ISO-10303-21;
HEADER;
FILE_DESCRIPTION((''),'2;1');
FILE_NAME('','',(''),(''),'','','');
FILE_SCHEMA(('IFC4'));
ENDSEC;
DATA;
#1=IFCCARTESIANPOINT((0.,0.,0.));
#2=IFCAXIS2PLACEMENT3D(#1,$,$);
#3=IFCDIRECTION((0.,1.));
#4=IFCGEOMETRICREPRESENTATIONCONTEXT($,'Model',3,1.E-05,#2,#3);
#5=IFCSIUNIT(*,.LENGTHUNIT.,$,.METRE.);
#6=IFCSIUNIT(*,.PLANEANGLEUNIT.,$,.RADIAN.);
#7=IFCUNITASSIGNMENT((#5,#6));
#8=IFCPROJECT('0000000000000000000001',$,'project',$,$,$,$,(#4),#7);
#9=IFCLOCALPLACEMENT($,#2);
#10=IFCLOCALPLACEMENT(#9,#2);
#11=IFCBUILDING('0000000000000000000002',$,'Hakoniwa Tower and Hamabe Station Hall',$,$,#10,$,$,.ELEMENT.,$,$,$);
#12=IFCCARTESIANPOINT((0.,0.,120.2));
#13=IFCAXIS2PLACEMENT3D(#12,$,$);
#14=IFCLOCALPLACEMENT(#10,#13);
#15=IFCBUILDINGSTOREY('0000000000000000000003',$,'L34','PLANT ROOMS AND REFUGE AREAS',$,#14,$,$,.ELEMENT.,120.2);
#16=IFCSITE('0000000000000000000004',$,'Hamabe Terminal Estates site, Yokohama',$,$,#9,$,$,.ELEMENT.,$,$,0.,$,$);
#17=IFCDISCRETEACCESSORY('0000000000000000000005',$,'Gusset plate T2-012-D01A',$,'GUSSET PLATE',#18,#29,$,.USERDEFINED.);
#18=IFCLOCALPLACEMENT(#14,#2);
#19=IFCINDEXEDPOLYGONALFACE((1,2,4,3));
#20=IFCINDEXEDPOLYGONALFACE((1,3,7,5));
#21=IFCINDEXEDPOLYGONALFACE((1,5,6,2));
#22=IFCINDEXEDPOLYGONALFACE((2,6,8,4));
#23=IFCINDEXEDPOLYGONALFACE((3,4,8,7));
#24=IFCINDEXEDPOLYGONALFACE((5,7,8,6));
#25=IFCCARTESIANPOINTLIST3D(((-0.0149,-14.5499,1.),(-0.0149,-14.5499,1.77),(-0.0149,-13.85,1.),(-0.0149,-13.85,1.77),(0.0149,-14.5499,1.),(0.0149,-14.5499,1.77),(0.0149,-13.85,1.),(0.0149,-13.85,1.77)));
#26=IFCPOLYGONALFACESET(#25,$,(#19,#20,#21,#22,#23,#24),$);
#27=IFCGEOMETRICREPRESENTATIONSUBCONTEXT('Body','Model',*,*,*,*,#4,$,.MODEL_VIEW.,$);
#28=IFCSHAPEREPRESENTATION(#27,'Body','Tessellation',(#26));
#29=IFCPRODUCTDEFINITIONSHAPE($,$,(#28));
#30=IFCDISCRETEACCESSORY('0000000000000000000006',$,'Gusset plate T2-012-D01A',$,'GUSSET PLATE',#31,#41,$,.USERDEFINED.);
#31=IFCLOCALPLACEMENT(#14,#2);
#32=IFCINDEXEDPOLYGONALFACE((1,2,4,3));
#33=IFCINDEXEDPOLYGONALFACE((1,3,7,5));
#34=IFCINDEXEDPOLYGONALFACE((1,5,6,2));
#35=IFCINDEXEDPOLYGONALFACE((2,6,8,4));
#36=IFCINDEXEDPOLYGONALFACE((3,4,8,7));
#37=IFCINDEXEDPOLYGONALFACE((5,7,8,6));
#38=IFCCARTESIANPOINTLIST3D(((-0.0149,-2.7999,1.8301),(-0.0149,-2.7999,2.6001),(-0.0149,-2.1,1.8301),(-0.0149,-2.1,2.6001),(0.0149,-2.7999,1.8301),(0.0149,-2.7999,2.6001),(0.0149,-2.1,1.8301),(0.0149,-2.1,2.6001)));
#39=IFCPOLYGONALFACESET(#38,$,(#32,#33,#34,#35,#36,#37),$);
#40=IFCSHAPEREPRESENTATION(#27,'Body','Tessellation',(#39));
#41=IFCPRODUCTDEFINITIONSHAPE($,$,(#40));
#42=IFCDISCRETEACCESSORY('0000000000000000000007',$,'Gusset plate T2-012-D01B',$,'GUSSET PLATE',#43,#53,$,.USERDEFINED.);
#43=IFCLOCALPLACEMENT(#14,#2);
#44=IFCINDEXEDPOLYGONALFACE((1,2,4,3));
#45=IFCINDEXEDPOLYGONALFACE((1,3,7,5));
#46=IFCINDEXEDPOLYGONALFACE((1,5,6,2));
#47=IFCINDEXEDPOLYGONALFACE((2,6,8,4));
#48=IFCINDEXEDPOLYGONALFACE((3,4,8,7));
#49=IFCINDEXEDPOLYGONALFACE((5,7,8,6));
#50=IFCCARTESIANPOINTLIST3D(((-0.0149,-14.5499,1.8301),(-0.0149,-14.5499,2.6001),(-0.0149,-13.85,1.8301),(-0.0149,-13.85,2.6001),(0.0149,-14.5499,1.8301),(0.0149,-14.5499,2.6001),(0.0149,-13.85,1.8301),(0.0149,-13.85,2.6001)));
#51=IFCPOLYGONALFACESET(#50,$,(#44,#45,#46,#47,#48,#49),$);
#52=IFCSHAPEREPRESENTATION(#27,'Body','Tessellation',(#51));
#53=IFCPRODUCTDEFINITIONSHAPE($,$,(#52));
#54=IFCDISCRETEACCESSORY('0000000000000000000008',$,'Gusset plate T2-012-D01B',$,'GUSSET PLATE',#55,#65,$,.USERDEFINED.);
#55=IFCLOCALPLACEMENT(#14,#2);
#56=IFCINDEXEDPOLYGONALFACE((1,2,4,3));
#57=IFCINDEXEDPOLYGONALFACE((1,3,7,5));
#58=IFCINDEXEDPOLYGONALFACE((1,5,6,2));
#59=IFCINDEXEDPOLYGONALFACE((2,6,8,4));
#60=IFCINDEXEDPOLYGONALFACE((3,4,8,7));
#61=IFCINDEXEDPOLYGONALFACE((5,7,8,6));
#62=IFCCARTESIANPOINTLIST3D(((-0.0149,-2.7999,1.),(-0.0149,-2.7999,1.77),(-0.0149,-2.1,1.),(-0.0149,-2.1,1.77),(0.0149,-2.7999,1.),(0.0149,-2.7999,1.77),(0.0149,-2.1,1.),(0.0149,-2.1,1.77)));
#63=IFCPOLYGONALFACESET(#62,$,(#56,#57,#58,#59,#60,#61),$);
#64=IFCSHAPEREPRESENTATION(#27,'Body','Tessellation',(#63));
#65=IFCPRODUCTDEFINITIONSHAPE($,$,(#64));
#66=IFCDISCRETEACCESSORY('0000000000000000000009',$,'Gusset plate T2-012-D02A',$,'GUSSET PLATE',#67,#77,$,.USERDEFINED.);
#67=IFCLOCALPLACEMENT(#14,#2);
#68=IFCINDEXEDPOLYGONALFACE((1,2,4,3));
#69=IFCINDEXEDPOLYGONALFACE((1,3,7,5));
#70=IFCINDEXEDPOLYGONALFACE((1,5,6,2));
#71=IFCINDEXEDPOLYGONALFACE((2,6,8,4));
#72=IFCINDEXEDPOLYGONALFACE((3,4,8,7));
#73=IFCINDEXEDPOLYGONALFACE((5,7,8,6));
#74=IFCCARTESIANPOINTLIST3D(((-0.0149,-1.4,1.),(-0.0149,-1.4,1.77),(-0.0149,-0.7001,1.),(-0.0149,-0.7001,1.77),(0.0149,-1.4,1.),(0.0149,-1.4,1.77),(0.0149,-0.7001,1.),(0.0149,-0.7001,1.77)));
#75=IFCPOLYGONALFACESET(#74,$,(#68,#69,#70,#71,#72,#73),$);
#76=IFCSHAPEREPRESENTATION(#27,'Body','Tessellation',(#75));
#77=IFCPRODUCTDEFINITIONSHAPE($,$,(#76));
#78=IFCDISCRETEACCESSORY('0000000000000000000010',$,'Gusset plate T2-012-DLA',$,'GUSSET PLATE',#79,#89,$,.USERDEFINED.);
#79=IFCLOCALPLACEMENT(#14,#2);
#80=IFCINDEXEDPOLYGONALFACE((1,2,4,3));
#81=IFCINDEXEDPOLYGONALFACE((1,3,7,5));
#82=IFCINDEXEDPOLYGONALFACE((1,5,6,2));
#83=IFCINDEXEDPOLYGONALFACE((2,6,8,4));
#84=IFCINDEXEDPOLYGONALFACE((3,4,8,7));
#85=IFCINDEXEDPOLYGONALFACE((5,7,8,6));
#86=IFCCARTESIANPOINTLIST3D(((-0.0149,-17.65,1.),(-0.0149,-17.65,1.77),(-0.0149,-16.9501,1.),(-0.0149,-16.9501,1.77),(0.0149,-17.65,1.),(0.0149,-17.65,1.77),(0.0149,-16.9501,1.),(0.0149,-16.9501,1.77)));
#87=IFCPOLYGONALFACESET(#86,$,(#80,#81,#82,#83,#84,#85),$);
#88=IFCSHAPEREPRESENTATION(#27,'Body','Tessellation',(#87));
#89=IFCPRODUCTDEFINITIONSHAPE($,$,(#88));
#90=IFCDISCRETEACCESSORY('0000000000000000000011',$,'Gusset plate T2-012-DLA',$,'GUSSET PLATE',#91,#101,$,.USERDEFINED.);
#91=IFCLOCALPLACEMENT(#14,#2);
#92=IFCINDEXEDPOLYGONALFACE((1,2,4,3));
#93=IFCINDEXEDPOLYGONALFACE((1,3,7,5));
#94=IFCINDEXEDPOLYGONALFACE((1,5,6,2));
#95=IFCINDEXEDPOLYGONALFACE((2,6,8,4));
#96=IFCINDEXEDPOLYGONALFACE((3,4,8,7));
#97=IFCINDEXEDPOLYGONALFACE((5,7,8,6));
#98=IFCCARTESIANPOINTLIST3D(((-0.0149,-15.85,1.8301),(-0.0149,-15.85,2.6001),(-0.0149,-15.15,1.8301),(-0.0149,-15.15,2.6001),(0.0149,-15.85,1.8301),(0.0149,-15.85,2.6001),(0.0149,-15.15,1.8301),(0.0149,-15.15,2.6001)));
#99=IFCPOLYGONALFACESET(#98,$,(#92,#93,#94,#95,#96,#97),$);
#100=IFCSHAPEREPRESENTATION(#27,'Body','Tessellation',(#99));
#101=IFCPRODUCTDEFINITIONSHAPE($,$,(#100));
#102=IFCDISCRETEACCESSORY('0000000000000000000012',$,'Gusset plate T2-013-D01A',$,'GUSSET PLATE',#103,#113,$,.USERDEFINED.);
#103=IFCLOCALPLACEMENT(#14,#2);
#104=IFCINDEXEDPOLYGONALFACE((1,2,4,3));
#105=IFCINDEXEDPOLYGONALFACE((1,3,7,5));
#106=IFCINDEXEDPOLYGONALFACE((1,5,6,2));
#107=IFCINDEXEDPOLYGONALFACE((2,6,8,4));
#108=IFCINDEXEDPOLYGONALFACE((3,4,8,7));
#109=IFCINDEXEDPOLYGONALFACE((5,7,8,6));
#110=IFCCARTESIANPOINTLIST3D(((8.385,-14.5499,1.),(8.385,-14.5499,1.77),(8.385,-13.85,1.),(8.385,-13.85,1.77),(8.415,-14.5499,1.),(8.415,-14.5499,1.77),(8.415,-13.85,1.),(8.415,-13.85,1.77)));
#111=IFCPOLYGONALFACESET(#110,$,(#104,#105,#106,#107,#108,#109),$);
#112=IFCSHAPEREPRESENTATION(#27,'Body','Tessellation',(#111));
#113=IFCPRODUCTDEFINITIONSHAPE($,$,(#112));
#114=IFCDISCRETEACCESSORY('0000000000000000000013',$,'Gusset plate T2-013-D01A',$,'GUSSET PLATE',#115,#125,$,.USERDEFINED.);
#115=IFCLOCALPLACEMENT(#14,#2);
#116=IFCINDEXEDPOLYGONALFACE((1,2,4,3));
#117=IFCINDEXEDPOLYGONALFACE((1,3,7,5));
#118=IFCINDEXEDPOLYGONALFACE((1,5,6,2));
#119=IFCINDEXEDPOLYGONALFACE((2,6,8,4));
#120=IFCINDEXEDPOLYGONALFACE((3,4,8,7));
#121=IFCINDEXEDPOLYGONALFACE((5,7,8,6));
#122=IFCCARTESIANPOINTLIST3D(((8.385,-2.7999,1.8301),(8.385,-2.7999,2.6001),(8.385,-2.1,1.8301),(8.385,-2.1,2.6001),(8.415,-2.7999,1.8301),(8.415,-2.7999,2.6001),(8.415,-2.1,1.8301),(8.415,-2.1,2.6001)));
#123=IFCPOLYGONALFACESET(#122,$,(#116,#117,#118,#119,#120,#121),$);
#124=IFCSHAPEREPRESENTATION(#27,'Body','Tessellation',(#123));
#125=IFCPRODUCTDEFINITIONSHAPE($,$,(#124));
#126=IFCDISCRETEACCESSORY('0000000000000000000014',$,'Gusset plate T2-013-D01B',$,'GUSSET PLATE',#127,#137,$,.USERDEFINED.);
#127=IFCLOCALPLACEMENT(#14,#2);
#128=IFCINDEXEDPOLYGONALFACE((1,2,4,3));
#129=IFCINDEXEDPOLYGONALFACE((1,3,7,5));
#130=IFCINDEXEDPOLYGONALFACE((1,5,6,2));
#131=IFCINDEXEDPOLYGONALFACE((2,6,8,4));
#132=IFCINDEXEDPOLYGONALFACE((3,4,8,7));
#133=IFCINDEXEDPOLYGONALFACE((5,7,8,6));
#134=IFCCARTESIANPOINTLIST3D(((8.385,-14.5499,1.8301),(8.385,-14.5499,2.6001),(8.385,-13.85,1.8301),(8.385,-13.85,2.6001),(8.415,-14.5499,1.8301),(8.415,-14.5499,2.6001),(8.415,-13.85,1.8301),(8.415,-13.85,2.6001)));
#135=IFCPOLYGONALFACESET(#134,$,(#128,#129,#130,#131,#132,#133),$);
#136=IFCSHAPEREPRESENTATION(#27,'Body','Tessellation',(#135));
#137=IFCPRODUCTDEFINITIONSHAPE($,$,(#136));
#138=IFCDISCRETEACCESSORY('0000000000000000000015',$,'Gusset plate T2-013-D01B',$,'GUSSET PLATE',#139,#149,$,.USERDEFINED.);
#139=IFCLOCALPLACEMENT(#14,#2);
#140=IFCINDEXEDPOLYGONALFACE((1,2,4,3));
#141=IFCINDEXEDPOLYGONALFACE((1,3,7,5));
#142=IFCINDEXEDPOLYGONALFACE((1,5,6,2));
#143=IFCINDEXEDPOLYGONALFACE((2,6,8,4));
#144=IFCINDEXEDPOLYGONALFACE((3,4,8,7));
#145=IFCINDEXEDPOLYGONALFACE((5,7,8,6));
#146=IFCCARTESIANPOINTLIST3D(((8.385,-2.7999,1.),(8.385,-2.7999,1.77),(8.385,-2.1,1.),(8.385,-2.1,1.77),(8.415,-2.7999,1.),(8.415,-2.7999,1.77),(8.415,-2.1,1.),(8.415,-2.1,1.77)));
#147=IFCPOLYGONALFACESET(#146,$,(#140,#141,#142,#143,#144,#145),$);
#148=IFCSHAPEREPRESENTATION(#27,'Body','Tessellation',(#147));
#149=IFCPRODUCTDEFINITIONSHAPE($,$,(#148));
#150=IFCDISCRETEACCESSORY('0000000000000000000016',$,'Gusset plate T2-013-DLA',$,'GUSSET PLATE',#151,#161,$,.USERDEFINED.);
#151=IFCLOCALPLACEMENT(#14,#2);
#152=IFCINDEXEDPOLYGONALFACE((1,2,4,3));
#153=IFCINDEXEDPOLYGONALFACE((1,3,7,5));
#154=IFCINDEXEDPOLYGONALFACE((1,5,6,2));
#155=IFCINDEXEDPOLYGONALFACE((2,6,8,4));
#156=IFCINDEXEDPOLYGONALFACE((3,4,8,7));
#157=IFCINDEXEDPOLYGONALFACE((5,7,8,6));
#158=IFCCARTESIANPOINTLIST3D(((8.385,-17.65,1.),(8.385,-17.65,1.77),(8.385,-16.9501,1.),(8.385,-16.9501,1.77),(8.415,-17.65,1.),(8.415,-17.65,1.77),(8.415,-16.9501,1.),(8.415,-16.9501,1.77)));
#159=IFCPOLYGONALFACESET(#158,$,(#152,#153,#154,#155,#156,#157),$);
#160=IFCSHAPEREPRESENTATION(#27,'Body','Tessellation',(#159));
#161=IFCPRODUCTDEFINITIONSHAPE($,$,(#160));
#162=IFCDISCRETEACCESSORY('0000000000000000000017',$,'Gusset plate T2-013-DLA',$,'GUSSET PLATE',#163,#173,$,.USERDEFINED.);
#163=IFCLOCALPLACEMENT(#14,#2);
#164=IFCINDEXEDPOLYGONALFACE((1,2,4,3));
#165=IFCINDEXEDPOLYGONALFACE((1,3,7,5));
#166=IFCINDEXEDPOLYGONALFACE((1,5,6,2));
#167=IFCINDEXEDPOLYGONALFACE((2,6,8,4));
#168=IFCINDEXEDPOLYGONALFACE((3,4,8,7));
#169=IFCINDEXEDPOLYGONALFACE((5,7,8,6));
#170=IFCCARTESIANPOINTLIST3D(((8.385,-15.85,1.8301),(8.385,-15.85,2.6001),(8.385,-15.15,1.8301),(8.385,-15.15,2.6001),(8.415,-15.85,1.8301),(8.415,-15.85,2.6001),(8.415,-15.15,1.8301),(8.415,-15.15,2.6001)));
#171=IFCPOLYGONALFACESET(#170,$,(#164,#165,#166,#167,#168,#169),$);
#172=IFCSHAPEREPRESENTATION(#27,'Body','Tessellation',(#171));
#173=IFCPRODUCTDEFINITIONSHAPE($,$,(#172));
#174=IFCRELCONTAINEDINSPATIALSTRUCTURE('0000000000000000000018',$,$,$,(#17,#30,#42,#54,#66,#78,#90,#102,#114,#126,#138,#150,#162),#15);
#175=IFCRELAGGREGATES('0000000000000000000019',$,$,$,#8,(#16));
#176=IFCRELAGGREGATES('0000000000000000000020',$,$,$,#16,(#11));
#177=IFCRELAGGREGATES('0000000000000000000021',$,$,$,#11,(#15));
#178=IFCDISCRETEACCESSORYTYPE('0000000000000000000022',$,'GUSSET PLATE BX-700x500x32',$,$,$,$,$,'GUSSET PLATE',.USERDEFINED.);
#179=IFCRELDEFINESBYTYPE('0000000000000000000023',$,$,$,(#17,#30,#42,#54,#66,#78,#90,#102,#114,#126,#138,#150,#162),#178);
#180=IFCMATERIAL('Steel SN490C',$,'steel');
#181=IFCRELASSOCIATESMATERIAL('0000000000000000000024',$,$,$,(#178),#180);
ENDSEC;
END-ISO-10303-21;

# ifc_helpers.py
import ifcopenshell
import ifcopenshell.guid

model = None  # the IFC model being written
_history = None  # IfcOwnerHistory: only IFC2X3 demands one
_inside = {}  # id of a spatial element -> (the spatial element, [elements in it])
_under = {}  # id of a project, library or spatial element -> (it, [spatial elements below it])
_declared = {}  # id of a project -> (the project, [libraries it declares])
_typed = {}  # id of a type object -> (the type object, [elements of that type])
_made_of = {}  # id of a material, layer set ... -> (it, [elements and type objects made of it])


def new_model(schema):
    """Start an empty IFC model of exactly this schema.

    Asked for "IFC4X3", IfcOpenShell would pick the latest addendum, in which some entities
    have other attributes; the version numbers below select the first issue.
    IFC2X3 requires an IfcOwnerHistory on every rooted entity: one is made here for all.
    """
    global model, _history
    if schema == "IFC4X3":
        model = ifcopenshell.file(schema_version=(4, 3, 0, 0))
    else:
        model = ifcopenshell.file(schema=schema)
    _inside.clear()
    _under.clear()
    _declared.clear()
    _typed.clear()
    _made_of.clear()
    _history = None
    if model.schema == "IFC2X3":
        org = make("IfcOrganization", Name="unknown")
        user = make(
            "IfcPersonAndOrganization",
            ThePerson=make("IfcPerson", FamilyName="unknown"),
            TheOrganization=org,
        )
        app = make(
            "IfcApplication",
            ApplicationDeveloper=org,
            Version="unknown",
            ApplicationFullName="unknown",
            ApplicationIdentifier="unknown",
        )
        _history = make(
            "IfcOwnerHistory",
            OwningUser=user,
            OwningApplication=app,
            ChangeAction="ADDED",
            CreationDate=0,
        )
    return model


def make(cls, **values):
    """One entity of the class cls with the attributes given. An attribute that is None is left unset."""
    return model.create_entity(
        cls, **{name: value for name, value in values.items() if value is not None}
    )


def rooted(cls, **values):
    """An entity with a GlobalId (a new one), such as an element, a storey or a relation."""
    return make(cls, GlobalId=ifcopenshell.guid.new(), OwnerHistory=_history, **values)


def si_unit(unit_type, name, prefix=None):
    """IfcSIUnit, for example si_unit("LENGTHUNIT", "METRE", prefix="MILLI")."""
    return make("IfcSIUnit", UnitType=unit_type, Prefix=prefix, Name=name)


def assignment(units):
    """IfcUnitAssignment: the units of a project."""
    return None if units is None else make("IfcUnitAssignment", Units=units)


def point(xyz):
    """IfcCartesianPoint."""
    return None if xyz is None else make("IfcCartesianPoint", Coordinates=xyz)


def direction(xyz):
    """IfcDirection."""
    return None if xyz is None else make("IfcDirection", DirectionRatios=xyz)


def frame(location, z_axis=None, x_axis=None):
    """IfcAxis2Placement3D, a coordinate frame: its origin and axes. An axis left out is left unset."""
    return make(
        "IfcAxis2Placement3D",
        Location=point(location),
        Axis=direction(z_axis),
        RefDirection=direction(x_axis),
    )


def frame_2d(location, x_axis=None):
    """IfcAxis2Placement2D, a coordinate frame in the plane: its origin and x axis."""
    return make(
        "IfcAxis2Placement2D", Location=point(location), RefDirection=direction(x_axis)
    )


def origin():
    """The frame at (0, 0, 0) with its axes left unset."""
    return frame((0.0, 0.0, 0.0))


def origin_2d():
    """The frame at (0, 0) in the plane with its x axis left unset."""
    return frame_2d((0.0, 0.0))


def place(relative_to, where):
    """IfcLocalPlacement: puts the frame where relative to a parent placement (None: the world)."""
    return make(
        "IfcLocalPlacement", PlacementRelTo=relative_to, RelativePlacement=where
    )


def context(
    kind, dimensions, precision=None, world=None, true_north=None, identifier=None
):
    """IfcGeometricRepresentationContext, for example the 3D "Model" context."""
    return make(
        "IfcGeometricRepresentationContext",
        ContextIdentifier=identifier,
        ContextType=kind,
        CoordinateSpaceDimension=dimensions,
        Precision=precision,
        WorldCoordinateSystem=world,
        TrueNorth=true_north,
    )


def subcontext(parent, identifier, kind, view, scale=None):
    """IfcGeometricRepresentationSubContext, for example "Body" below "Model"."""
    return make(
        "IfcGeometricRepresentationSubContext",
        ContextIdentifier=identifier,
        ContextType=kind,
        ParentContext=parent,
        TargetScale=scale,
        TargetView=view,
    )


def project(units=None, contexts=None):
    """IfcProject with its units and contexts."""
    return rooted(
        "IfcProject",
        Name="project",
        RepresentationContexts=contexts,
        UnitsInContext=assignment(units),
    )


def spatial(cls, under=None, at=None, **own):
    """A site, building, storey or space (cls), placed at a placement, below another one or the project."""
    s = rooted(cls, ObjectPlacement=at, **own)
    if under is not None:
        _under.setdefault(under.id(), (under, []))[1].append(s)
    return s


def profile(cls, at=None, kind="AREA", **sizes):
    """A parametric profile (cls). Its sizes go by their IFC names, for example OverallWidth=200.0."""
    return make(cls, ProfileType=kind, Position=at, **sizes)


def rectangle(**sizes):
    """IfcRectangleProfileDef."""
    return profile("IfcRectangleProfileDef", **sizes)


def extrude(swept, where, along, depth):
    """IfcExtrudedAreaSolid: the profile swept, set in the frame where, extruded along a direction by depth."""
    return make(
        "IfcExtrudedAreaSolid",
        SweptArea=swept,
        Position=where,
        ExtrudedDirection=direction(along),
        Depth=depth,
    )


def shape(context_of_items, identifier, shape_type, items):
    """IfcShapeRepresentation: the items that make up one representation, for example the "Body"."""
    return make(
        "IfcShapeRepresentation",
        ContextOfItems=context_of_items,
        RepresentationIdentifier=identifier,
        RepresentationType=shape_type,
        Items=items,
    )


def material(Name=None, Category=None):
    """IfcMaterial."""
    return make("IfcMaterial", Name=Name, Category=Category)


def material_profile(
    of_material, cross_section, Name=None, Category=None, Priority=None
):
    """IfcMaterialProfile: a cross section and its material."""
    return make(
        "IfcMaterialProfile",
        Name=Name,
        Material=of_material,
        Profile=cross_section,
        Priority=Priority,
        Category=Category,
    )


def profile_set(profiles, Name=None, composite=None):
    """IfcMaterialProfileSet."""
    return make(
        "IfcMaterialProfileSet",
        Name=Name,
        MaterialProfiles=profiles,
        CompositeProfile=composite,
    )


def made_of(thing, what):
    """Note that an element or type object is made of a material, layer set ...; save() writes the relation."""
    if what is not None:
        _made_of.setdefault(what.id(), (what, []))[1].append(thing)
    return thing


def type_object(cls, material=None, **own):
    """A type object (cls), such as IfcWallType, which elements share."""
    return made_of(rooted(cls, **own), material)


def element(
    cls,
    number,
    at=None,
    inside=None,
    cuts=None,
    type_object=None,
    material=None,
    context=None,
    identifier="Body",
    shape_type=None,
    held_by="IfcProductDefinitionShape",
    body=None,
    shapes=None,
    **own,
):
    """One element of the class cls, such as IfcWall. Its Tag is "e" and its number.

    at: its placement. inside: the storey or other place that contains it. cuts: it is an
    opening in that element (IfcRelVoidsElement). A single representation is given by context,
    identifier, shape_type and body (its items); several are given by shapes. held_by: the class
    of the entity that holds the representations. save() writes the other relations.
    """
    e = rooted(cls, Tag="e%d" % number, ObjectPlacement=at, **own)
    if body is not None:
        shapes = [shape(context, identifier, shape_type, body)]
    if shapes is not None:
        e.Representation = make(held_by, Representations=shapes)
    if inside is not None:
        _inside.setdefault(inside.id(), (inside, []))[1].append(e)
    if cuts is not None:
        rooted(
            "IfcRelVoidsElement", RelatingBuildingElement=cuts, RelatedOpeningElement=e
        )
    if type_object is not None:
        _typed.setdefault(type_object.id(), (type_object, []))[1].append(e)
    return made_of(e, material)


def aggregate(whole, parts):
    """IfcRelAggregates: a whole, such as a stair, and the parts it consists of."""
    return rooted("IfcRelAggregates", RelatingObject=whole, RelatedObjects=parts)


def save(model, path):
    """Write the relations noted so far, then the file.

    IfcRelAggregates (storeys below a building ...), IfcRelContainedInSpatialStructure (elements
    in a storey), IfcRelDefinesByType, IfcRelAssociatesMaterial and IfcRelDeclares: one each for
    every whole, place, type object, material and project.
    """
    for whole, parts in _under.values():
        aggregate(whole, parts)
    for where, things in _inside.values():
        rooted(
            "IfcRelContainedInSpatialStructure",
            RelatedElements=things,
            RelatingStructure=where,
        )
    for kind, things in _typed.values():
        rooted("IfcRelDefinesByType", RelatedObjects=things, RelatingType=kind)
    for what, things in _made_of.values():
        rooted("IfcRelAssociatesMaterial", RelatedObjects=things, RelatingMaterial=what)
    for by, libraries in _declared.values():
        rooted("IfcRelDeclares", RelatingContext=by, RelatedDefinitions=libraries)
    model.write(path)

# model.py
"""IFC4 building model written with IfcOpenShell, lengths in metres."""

from ifc_helpers import new_model, si_unit, direction, frame, origin, origin_2d, place, context, subcontext, project, spatial, rectangle, extrude, material, material_profile, profile_set, type_object, element, save


model = new_model("IFC4")

# Units and contexts
model_context = context("Model", 3, precision=1e-05, world=origin(), true_north=direction((0.0, 1.0)))
body_context = subcontext(model_context, "Body", "Model", "MODEL_VIEW")
ifc_project = project(units=[si_unit("LENGTHUNIT", "METRE"), si_unit("PLANEANGLEUNIT", "RADIAN")], contexts=[model_context])

# Site, building, storey
site_placement = place(None, origin())
site = spatial("IfcSite", under=ifc_project, at=site_placement, Name="Hamabe Terminal Estates site, Yokohama", CompositionType="ELEMENT", RefElevation=0.0)
building_placement = place(site_placement, origin())
building = spatial("IfcBuilding", under=site, at=building_placement, Name="Hakoniwa Tower and Hamabe Station Hall", CompositionType="ELEMENT")
storey_placement = place(building_placement, frame((0.0, 0.0, 120.2)))
storey = spatial("IfcBuildingStorey", under=building, at=storey_placement, Name="L34", Description="PLANT ROOMS AND REFUGE AREAS", CompositionType="ELEMENT", Elevation=120.2)

# Discrete accessories
ifc_material_1 = material(Name="Steel SN490C", Category="steel")
ifc_material_profile_1 = material_profile(ifc_material_1, rectangle(XDim=0.7, YDim=0.77, at=origin_2d()), Name="GUSSET PLATE BX-700x500x32")
ifc_profile_set_1 = profile_set([ifc_material_profile_1], Name="Steel SN490C")
discrete_accessory_type = type_object("IfcDiscreteAccessoryType", Name="GUSSET PLATE BX-700x500x32", ElementType="GUSSET PLATE", PredefinedType="USERDEFINED", material=ifc_profile_set_1)
for number, where, z_axis, x_axis, name in (
    (1, (0.0149, -14.2, 1.385), (-1.0, 0.0, 0.0), (0.0, -1.0, 0.0), "Gusset plate T2-012-D01A"),
    (2, (0.0149, -2.45, 2.2151), (-1.0, 0.0, 0.0), (0.0, -1.0, 0.0), "Gusset plate T2-012-D01A"),
    (3, (0.0149, -14.2, 2.2151), (-1.0, 0.0, 0.0), (0.0, -1.0, 0.0), "Gusset plate T2-012-D01B"),
    (4, (0.0149, -2.45, 1.385), (-1.0, 0.0, 0.0), (0.0, -1.0, 0.0), "Gusset plate T2-012-D01B"),
    (5, (0.0149, -1.05, 1.385), (-1.0, 0.0, 0.0), (0.0, -1.0, 0.0), "Gusset plate T2-012-D02A"),
    (6, (0.0149, -17.3, 1.385), (-1.0, 0.0, 0.0), (0.0, -1.0, 0.0), "Gusset plate T2-012-DLA"),
    (7, (0.0149, -15.5, 2.2151), (-1.0, 0.0, 0.0), (0.0, -1.0, 0.0), "Gusset plate T2-012-DLA"),
):
    element("IfcDiscreteAccessory", number, at=place(storey_placement, frame(where, z_axis=z_axis, x_axis=x_axis)), inside=storey, type_object=discrete_accessory_type, Name=name, ObjectType="GUSSET PLATE", PredefinedType="USERDEFINED", context=body_context, shape_type="SweptSolid", body=[
        extrude(rectangle(XDim=0.7, YDim=0.77, at=origin_2d()), origin(), (0.0, 0.0, 1.0), 0.0298),
    ])
for number, where, z_axis, x_axis, name in (
    (8, (8.415, -14.2, 1.385), (-1.0, 0.0, 0.0), (0.0, -1.0, 0.0), "Gusset plate T2-013-D01A"),
    (9, (8.415, -2.45, 2.2151), (-1.0, 0.0, 0.0), (0.0, -1.0, 0.0), "Gusset plate T2-013-D01A"),
    (10, (8.415, -14.2, 2.2151), (-1.0, 0.0, 0.0), (0.0, -1.0, 0.0), "Gusset plate T2-013-D01B"),
    (11, (8.415, -2.45, 1.385), (-1.0, 0.0, 0.0), (0.0, -1.0, 0.0), "Gusset plate T2-013-D01B"),
    (12, (8.415, -17.3, 1.385), (-1.0, 0.0, 0.0), (0.0, -1.0, 0.0), "Gusset plate T2-013-DLA"),
    (13, (8.415, -15.5, 2.2151), (-1.0, 0.0, 0.0), (0.0, -1.0, 0.0), "Gusset plate T2-013-DLA"),
):
    element("IfcDiscreteAccessory", number, at=place(storey_placement, frame(where, z_axis=z_axis, x_axis=x_axis)), inside=storey, type_object=discrete_accessory_type, Name=name, ObjectType="GUSSET PLATE", PredefinedType="USERDEFINED", context=body_context, shape_type="SweptSolid", body=[
        extrude(rectangle(XDim=0.7, YDim=0.77, at=origin_2d()), origin(), (0.0, 0.0, 1.0), 0.03),
    ])

save(model, "model.ifc")
